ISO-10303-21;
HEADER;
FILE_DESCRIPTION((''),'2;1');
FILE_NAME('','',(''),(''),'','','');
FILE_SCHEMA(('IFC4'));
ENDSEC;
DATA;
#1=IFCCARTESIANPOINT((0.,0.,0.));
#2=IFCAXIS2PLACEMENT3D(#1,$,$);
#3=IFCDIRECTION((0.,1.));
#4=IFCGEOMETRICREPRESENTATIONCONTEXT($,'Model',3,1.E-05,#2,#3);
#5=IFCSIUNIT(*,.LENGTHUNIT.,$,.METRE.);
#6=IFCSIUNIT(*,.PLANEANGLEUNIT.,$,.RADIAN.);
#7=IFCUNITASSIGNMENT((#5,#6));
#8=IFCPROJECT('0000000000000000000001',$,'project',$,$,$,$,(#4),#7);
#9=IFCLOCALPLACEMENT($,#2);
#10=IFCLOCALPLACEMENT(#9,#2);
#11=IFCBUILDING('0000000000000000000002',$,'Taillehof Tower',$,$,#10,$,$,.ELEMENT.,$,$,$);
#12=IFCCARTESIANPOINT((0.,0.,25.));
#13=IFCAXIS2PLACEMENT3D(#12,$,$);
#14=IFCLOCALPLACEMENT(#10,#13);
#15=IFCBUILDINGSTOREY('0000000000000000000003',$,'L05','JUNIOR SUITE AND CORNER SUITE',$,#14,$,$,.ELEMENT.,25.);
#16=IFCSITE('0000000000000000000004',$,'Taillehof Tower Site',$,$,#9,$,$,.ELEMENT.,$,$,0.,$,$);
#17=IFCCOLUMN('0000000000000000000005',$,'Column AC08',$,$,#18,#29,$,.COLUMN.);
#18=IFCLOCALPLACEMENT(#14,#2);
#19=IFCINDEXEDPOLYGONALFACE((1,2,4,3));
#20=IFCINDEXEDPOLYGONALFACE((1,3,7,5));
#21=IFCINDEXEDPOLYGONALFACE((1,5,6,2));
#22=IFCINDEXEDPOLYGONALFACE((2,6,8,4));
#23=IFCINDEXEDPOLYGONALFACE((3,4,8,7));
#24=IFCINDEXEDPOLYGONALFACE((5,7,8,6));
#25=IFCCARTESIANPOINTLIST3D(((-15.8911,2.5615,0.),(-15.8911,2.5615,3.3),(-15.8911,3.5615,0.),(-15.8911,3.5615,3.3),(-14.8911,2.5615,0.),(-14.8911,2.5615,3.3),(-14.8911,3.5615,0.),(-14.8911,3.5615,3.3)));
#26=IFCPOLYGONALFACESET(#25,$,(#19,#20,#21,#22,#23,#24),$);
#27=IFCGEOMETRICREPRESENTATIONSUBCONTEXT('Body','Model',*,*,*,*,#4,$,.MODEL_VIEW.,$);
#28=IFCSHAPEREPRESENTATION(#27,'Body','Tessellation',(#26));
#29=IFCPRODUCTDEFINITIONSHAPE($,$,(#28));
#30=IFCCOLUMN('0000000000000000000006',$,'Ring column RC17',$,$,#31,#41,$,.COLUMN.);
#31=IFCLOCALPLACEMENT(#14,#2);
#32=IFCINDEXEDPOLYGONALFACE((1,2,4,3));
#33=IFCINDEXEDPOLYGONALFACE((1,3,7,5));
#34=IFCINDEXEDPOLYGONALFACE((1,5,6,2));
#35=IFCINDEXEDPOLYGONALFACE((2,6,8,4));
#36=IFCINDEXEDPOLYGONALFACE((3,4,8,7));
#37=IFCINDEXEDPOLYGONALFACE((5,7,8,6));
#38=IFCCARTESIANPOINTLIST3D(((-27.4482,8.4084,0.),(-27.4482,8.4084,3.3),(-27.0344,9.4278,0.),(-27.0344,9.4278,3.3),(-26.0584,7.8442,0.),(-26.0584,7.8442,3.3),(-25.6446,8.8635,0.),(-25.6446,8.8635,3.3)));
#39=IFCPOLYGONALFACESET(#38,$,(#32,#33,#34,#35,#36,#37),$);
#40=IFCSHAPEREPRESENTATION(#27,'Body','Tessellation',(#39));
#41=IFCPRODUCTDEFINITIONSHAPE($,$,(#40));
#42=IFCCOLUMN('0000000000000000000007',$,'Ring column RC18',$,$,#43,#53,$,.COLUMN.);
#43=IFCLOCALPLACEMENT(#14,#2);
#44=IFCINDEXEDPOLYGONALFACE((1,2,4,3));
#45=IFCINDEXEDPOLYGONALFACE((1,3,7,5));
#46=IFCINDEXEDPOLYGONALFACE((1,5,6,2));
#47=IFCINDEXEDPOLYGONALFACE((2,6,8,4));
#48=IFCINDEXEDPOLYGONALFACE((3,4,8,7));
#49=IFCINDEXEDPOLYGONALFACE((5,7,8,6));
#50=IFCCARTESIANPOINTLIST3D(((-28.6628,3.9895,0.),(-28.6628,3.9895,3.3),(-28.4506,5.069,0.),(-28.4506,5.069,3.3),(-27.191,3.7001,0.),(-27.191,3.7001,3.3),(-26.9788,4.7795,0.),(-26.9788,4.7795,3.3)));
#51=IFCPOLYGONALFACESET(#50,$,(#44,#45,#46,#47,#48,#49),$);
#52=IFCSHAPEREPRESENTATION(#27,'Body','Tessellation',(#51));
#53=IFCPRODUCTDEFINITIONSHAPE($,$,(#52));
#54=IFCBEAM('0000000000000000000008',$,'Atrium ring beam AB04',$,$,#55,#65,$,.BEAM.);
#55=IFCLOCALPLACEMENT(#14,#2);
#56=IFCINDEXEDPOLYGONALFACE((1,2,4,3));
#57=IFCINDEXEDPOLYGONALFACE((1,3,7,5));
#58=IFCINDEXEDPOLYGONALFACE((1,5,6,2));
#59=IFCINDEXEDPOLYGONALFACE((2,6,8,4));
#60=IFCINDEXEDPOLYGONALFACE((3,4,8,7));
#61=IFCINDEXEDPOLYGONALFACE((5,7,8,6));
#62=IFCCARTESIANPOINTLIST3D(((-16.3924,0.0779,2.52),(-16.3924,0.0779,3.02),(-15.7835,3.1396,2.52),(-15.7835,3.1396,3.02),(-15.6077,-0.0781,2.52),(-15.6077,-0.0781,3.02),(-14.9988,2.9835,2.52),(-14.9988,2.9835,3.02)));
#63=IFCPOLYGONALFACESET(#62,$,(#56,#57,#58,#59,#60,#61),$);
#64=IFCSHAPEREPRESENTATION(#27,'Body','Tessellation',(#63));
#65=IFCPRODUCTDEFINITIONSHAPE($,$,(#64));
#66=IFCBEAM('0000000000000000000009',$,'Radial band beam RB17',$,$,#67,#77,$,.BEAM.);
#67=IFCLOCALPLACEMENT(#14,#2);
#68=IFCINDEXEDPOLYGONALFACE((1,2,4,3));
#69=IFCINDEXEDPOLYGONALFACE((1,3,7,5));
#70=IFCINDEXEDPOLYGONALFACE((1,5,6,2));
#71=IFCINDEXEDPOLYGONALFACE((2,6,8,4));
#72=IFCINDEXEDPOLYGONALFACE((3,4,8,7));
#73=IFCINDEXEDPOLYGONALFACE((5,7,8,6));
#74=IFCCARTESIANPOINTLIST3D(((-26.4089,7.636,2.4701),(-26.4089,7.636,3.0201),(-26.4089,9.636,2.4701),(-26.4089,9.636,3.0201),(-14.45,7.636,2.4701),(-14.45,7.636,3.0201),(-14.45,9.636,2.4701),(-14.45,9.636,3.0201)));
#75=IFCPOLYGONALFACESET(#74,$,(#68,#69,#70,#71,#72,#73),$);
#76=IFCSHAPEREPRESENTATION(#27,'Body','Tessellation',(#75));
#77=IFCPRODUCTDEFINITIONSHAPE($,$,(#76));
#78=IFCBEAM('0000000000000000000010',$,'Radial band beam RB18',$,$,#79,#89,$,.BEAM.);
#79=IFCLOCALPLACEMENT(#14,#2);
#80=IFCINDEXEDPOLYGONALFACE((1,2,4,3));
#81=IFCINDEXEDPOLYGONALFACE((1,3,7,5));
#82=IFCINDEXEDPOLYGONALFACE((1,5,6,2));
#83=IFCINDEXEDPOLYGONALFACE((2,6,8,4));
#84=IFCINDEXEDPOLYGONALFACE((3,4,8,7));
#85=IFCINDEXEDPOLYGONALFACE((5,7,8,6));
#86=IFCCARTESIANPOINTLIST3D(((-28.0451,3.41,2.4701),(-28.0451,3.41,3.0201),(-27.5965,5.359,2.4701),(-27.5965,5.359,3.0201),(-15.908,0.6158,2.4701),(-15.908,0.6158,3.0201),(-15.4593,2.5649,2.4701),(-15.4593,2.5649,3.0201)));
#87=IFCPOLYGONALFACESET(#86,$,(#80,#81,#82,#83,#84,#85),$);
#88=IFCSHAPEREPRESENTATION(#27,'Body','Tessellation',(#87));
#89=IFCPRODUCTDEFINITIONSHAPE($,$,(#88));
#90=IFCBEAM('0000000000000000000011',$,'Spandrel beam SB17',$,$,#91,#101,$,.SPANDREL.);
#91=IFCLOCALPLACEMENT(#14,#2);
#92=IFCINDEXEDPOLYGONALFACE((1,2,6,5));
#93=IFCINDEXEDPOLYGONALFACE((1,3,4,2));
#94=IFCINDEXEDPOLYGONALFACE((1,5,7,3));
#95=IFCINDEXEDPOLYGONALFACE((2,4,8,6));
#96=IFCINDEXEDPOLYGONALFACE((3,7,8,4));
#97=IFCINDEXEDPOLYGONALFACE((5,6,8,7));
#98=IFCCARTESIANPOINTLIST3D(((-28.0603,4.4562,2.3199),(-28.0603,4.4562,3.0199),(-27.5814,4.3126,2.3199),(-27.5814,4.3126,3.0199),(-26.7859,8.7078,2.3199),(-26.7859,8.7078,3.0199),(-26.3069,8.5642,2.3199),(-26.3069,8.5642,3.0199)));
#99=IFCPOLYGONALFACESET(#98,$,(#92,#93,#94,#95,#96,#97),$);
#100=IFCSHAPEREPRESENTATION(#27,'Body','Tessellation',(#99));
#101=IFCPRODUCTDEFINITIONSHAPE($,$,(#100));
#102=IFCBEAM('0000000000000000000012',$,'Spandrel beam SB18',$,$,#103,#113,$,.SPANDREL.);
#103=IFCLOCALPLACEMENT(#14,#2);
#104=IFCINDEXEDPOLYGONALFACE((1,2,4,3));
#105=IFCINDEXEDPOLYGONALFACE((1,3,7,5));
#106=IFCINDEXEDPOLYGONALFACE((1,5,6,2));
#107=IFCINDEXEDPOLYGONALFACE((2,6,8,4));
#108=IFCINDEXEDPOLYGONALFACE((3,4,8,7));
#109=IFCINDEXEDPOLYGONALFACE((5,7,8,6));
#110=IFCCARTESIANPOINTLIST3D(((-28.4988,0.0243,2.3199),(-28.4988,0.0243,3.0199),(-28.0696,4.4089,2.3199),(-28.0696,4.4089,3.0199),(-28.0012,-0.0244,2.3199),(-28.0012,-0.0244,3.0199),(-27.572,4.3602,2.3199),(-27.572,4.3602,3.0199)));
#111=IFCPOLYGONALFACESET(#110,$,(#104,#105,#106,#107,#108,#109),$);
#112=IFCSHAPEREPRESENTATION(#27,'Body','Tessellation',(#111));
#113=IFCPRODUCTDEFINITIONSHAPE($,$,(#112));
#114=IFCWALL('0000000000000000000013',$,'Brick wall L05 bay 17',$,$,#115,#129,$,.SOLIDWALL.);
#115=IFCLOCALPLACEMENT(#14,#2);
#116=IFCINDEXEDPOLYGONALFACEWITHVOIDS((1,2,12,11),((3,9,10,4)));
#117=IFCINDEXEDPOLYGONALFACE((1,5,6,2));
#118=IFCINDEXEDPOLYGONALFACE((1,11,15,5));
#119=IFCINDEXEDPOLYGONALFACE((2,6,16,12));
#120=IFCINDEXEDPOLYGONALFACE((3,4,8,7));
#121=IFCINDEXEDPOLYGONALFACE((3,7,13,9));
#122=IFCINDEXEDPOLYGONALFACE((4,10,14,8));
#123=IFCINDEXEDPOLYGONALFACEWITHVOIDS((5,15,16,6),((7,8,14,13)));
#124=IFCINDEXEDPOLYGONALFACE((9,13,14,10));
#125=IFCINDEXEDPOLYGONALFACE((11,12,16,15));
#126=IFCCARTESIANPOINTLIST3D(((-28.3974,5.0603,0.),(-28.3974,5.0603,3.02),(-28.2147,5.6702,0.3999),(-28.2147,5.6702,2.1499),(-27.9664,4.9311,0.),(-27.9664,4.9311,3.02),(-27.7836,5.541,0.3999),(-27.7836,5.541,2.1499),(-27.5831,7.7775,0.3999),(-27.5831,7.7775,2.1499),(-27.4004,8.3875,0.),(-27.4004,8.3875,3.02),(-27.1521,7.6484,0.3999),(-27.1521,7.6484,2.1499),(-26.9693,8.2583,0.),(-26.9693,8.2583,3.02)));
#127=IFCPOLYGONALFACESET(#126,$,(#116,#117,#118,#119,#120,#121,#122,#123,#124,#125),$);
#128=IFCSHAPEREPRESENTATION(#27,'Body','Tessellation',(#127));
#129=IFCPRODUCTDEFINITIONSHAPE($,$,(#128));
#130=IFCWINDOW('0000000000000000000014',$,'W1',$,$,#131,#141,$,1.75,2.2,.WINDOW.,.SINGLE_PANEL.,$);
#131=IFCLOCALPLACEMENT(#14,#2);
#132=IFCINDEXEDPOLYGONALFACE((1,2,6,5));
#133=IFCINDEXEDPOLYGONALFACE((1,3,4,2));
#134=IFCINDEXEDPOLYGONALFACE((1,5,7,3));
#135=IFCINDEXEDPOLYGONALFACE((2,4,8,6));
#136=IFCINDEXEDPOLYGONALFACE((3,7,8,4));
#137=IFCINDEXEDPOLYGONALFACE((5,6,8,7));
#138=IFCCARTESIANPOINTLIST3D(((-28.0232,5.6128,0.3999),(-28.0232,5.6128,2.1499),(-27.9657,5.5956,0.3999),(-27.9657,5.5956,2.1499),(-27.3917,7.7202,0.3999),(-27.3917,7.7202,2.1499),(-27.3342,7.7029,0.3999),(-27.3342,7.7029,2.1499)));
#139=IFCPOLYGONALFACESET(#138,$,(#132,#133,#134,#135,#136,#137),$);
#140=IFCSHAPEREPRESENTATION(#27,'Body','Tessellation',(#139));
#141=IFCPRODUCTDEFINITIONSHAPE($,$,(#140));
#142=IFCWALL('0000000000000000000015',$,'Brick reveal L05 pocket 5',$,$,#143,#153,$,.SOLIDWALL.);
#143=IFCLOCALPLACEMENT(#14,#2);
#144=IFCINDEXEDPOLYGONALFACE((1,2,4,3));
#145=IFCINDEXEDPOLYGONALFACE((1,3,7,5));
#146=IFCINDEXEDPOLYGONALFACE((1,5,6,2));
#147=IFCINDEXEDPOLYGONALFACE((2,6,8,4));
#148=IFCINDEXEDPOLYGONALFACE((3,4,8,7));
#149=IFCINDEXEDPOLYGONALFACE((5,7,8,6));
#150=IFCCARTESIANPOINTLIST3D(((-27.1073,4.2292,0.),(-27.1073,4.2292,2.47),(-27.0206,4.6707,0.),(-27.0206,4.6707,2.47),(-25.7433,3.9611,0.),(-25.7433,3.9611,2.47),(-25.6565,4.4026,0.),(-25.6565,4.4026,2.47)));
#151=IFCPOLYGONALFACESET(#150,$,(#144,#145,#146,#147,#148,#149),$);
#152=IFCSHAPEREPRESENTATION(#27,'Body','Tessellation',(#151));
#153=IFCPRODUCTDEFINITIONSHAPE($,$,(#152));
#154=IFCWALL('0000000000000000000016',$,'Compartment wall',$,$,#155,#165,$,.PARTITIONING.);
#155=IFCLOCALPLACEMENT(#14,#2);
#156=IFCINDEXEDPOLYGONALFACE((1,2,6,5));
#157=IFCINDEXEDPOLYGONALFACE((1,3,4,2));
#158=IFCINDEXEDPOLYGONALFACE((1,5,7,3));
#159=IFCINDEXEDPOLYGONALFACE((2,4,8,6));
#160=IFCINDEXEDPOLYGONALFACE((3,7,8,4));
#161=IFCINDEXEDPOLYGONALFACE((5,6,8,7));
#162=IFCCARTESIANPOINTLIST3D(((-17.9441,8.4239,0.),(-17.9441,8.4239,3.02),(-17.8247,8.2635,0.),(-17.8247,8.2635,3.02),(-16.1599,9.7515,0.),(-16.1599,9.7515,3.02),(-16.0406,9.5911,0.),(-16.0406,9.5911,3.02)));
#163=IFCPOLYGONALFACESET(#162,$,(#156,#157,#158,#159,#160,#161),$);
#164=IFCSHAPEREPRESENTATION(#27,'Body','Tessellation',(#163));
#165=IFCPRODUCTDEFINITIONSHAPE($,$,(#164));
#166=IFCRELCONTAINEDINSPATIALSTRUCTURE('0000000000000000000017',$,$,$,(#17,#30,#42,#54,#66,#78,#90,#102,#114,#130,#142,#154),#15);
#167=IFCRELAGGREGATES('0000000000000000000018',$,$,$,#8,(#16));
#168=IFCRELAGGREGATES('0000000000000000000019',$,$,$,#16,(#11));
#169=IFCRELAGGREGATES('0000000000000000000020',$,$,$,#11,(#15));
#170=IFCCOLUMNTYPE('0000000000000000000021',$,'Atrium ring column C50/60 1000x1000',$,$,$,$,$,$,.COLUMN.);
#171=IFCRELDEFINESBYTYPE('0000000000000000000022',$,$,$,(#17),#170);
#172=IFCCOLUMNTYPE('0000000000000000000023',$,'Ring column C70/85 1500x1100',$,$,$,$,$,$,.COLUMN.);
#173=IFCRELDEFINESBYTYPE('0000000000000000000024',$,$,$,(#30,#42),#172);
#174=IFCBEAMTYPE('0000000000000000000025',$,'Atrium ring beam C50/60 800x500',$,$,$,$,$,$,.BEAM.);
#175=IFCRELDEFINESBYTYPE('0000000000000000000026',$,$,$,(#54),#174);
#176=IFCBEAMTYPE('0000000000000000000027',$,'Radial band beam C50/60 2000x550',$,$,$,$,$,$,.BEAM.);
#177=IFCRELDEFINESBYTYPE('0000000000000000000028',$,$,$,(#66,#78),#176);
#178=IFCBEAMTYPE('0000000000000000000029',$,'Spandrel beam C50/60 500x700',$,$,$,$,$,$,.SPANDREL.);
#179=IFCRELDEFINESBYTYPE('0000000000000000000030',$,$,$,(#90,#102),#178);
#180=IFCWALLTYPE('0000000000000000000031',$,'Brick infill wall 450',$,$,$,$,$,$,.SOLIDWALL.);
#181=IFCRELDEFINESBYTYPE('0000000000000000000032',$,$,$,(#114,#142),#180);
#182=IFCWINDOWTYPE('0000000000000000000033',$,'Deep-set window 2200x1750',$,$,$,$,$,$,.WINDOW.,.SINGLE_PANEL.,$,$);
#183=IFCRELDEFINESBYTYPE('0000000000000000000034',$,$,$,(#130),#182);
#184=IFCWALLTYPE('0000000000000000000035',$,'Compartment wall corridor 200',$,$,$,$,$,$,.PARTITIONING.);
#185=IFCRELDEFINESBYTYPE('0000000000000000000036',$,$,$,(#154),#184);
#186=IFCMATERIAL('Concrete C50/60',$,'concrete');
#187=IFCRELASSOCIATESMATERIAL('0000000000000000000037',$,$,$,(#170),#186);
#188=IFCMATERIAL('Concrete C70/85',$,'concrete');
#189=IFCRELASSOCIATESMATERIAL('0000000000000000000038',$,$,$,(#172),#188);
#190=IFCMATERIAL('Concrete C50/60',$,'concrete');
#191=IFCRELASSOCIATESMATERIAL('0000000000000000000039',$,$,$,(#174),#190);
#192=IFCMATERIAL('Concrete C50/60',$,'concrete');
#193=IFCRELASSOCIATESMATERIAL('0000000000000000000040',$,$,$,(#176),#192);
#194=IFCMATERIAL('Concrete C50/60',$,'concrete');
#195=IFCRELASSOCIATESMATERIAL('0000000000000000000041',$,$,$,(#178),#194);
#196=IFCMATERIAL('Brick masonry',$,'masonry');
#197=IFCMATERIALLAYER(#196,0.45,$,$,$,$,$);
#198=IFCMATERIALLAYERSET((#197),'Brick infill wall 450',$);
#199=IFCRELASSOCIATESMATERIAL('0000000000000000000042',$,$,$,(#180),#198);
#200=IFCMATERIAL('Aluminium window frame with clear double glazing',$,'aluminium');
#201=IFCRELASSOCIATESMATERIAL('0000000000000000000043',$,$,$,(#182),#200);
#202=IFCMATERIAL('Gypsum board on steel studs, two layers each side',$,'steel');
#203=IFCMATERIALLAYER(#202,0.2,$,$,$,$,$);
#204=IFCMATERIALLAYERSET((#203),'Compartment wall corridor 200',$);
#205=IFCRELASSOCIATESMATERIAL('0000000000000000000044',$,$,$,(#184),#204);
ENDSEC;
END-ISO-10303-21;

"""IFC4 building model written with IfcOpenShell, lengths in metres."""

from ifc_helpers import new_model, si_unit, direction, frame, frame_2d, origin, origin_2d, place, context, subcontext, project, spatial, rectangle, extrude, material, layer, layer_set, material_profile, profile_set, type_object, element, fill, save


model = new_model("IFC4")

# Units and contexts
model_context = context("Model", 3, precision=1e-05, world=origin(), true_north=direction((0.0, 1.0)))
body_context = subcontext(model_context, "Body", "Model", "MODEL_VIEW")
ifc_project = project(units=[si_unit("LENGTHUNIT", "METRE"), si_unit("PLANEANGLEUNIT", "RADIAN")], contexts=[model_context])

# Site, building, storey
site_placement = place(None, origin())
site = spatial("IfcSite", under=ifc_project, at=site_placement, Name="Taillehof Tower Site", CompositionType="ELEMENT", RefElevation=0.0)
building_placement = place(site_placement, origin())
building = spatial("IfcBuilding", under=site, at=building_placement, Name="Taillehof Tower", CompositionType="ELEMENT")
storey_placement = place(building_placement, frame((0.0, 0.0, 25.0)))
storey = spatial("IfcBuildingStorey", under=building, at=storey_placement, Name="L05", Description="JUNIOR SUITE AND CORNER SUITE", CompositionType="ELEMENT", Elevation=25.0)

# Columns
ifc_material_1 = material(Name="Concrete C50/60", Category="concrete")
ifc_material_profile_1 = material_profile(ifc_material_1, rectangle(XDim=1.0, YDim=1.0, at=origin_2d()), Name="RC 1000x1000")
ifc_profile_set_1 = profile_set([ifc_material_profile_1], Name="Concrete C50/60")
column_type_1 = type_object("IfcColumnType", Name="Atrium ring column C50/60 1000x1000", PredefinedType="COLUMN", material=ifc_profile_set_1)
column_placement = place(storey_placement, frame((-15.3911, 3.0615, 0.0), z_axis=(0.0, 0.0, 1.0), x_axis=(1.0, 0.0, 0.0)))
element("IfcColumn", 1, at=column_placement, inside=storey, type_object=column_type_1, Name="Column AC08", PredefinedType="COLUMN", context=body_context, shape_type="SweptSolid", body=[
    extrude(rectangle(XDim=1.0, YDim=1.0, at=origin_2d()), origin(), (0.0, 0.0, 1.0), 3.3),
])
ifc_material_2 = material(Name="Concrete C70/85", Category="concrete")
ifc_material_profile_2 = material_profile(ifc_material_2, rectangle(XDim=1.5, YDim=1.1001, at=origin_2d()), Name="RC 1500x1100")
ifc_profile_set_2 = profile_set([ifc_material_profile_2], Name="Concrete C70/85")
column_type_2 = type_object("IfcColumnType", Name="Ring column C70/85 1500x1100", PredefinedType="COLUMN", material=ifc_profile_set_2)
for number, where, z_axis, x_axis, name in (
    (2, (-26.5464, 8.636, 0.0), (0.0, 0.0, 1.0), (-0.926558, 0.376152, 0.0), "Ring column RC17"),
    (3, (-27.8208, 4.3845, 0.0), (0.0, 0.0, 1.0), (-0.981204, 0.192976, 0.0), "Ring column RC18"),
):
    element("IfcColumn", number, at=place(storey_placement, frame(where, z_axis=z_axis, x_axis=x_axis)), inside=storey, type_object=column_type_2, Name=name, PredefinedType="COLUMN", context=body_context, shape_type="SweptSolid", body=[
        extrude(rectangle(XDim=1.5, YDim=1.1001, at=origin_2d()), origin(), (0.0, 0.0, 1.0), 3.3),
    ])

# Beams
ifc_material_3 = material(Name="Concrete C50/60", Category="concrete")
ifc_material_profile_3 = material_profile(ifc_material_3, rectangle(XDim=0.8, YDim=0.5, at=origin_2d()), Name="RC 800x500")
ifc_profile_set_3 = profile_set([ifc_material_profile_3], Name="Concrete C50/60")
beam_type_1 = type_object("IfcBeamType", Name="Atrium ring beam C50/60 800x500", PredefinedType="BEAM", material=ifc_profile_set_3)
beam_1_placement = place(storey_placement, frame((-15.3911, 3.0615, 2.77), z_axis=(-0.195063, -0.980791, 0.0), x_axis=(0.980791, -0.195063, 0.0)))
element("IfcBeam", 4, at=beam_1_placement, inside=storey, type_object=beam_type_1, Name="Atrium ring beam AB04", PredefinedType="BEAM", context=body_context, shape_type="SweptSolid", body=[
    extrude(rectangle(XDim=0.8, YDim=0.5, at=origin_2d()), origin(), (0.0, 0.0, 1.0), 3.1216),
])
ifc_material_4 = material(Name="Concrete C50/60", Category="concrete")
ifc_material_profile_4 = material_profile(ifc_material_4, rectangle(XDim=2.0, YDim=0.55, at=origin_2d()), Name="RC 2000x550")
ifc_profile_set_4 = profile_set([ifc_material_profile_4], Name="Concrete C50/60")
beam_type_2 = type_object("IfcBeamType", Name="Radial band beam C50/60 2000x550", PredefinedType="BEAM", material=ifc_profile_set_4)
beam_2_placement = place(storey_placement, frame((-26.4089, 8.636, 2.7451), z_axis=(1.0, 0.0, 0.0), x_axis=(0.0, 1.0, 0.0)))
element("IfcBeam", 5, at=beam_2_placement, inside=storey, type_object=beam_type_2, Name="Radial band beam RB17", PredefinedType="BEAM", context=body_context, shape_type="SweptSolid", body=[
    extrude(rectangle(XDim=2.0, YDim=0.55, at=origin_2d()), origin(), (0.0, 0.0, 1.0), 11.959),
])
beam_3_placement = place(storey_placement, frame((-27.8208, 4.3845, 2.7451), z_axis=(0.974509, -0.224348, 0.0), x_axis=(0.224348, 0.974509, 0.0)))
element("IfcBeam", 6, at=beam_3_placement, inside=storey, type_object=beam_type_2, Name="Radial band beam RB18", PredefinedType="BEAM", context=body_context, shape_type="SweptSolid", body=[
    extrude(rectangle(XDim=2.0, YDim=0.55, at=origin_2d()), origin(), (0.0, 0.0, 1.0), 12.4546),
])
ifc_material_5 = material(Name="Concrete C50/60", Category="concrete")
ifc_material_profile_5 = material_profile(ifc_material_5, rectangle(XDim=0.5, YDim=0.7, at=origin_2d()), Name="RC 500x700")
ifc_profile_set_5 = profile_set([ifc_material_profile_5], Name="Concrete C50/60")
beam_type_3 = type_object("IfcBeamType", Name="Spandrel beam C50/60 500x700", PredefinedType="SPANDREL", material=ifc_profile_set_5)
beam_4_placement = place(storey_placement, frame((-26.5464, 8.636, 2.6699), z_axis=(-0.287136, -0.95789, 0.0), x_axis=(0.95789, -0.287136, 0.0)))
element("IfcBeam", 7, at=beam_4_placement, inside=storey, type_object=beam_type_3, Name="Spandrel beam SB17", PredefinedType="SPANDREL", context=body_context, shape_type="SweptSolid", body=[
    extrude(rectangle(XDim=0.5, YDim=0.7, at=origin_2d()), origin(), (0.0, 0.0, 1.0), 4.4385),
])
beam_5_placement = place(storey_placement, frame((-27.8208, 4.3845, 2.6699), z_axis=(-0.097424, -0.995243, 0.0), x_axis=(0.995243, -0.097424, 0.0)))
element("IfcBeam", 8, at=beam_5_placement, inside=storey, type_object=beam_type_3, Name="Spandrel beam SB18", PredefinedType="SPANDREL", context=body_context, shape_type="SweptSolid", body=[
    extrude(rectangle(XDim=0.5, YDim=0.7, at=origin_2d()), origin(), (0.0, 0.0, 1.0), 4.4055),
])

# Wall, opening, window
ifc_material_6 = material(Name="Brick masonry", Category="masonry")
ifc_layer_1 = layer(ifc_material_6, 0.45)
ifc_layer_set_1 = layer_set([ifc_layer_1], Name="Brick infill wall 450")
wall_type_1 = type_object("IfcWallType", Name="Brick infill wall 450", PredefinedType="SOLIDWALL", material=ifc_layer_set_1)
wall_1_placement = place(storey_placement, frame((-27.1848, 8.323, 0.0), z_axis=(0.0, 0.0, 1.0), x_axis=(-0.287064, -0.957911, 0.0)))
wall_1 = element("IfcWall", 9, at=wall_1_placement, inside=storey, type_object=wall_type_1, Name="Brick wall L05 bay 17", PredefinedType="SOLIDWALL", context=body_context, shape_type="SweptSolid", body=[
    extrude(rectangle(XDim=3.4734, YDim=0.45, at=frame_2d((1.7368, 0.0))), origin(), (0.0, 0.0, 1.0), 3.02),
])
opening_1_placement = place(wall_1_placement, frame((0.6367, 0.0, 0.3999)))
opening_1 = element("IfcOpeningElement", 10, at=opening_1_placement, cuts=wall_1, PredefinedType="OPENING", context=body_context, shape_type="SweptSolid", body=[
    extrude(rectangle(XDim=2.2, YDim=1.75, at=frame_2d((1.1001, 0.875))), frame((0.0, 0.2349, 0.0), z_axis=(0.0, -1.0, 0.0), x_axis=(1.0, 0.0, 0.0)), (0.0, 0.0, 1.0), 0.47),
])
ifc_material_7 = material(Name="Aluminium window frame with clear double glazing", Category="aluminium")
window_type_1 = type_object("IfcWindowType", Name="Deep-set window 2200x1750", PartitioningType="SINGLE_PANEL", PredefinedType="WINDOW", material=ifc_material_7)
window_1_placement = place(opening_1_placement, origin())
window_1 = element("IfcWindow", 11, at=window_1_placement, inside=storey, type_object=window_type_1, Name="W1", OverallHeight=1.75, OverallWidth=2.2, PartitioningType="SINGLE_PANEL", PredefinedType="WINDOW", context=body_context, shape_type="SweptSolid", body=[
    extrude(rectangle(XDim=2.2, YDim=1.75, at=frame_2d((1.1001, 0.875))), frame((0.0, 0.0349, 0.0), z_axis=(0.0, -1.0, 0.0), x_axis=(1.0, 0.0, 0.0)), (0.0, 0.0, 1.0), 0.0601),
])
fill(opening_1, window_1)

# Wall
wall_2_placement = place(storey_placement, frame((-27.064, 4.45, 0.0), z_axis=(0.0, 0.0, 1.0), x_axis=(0.98123, -0.192839, 0.0)))
element("IfcWall", 12, at=wall_2_placement, inside=storey, type_object=wall_type_1, Name="Brick reveal L05 pocket 5", PredefinedType="SOLIDWALL", context=body_context, shape_type="SweptSolid", body=[
    extrude(rectangle(XDim=1.3901, YDim=0.45, at=frame_2d((0.6951, 0.0))), origin(), (0.0, 0.0, 1.0), 2.47),
])

# Wall
ifc_material_8 = material(Name="Gypsum board on steel studs, two layers each side", Category="steel")
ifc_layer_2 = layer(ifc_material_8, 0.2)
ifc_layer_set_2 = layer_set([ifc_layer_2], Name="Compartment wall corridor 200")
wall_type_2 = type_object("IfcWallType", Name="Compartment wall corridor 200", PredefinedType="PARTITIONING", material=ifc_layer_set_2)
wall_3_placement = place(storey_placement, frame((-17.8843, 8.3438, 0.0), z_axis=(0.0, 0.0, 1.0), x_axis=(0.80226, 0.596975, 0.0)))
element("IfcWall", 13, at=wall_3_placement, inside=storey, type_object=wall_type_2, Name="Compartment wall", PredefinedType="PARTITIONING", context=body_context, shape_type="SweptSolid", body=[
    extrude(rectangle(XDim=2.2239, YDim=0.2, at=frame_2d((1.1118, 0.0))), origin(), (0.0, 0.0, 1.0), 3.02),
])

save(model, "model.ifc")
